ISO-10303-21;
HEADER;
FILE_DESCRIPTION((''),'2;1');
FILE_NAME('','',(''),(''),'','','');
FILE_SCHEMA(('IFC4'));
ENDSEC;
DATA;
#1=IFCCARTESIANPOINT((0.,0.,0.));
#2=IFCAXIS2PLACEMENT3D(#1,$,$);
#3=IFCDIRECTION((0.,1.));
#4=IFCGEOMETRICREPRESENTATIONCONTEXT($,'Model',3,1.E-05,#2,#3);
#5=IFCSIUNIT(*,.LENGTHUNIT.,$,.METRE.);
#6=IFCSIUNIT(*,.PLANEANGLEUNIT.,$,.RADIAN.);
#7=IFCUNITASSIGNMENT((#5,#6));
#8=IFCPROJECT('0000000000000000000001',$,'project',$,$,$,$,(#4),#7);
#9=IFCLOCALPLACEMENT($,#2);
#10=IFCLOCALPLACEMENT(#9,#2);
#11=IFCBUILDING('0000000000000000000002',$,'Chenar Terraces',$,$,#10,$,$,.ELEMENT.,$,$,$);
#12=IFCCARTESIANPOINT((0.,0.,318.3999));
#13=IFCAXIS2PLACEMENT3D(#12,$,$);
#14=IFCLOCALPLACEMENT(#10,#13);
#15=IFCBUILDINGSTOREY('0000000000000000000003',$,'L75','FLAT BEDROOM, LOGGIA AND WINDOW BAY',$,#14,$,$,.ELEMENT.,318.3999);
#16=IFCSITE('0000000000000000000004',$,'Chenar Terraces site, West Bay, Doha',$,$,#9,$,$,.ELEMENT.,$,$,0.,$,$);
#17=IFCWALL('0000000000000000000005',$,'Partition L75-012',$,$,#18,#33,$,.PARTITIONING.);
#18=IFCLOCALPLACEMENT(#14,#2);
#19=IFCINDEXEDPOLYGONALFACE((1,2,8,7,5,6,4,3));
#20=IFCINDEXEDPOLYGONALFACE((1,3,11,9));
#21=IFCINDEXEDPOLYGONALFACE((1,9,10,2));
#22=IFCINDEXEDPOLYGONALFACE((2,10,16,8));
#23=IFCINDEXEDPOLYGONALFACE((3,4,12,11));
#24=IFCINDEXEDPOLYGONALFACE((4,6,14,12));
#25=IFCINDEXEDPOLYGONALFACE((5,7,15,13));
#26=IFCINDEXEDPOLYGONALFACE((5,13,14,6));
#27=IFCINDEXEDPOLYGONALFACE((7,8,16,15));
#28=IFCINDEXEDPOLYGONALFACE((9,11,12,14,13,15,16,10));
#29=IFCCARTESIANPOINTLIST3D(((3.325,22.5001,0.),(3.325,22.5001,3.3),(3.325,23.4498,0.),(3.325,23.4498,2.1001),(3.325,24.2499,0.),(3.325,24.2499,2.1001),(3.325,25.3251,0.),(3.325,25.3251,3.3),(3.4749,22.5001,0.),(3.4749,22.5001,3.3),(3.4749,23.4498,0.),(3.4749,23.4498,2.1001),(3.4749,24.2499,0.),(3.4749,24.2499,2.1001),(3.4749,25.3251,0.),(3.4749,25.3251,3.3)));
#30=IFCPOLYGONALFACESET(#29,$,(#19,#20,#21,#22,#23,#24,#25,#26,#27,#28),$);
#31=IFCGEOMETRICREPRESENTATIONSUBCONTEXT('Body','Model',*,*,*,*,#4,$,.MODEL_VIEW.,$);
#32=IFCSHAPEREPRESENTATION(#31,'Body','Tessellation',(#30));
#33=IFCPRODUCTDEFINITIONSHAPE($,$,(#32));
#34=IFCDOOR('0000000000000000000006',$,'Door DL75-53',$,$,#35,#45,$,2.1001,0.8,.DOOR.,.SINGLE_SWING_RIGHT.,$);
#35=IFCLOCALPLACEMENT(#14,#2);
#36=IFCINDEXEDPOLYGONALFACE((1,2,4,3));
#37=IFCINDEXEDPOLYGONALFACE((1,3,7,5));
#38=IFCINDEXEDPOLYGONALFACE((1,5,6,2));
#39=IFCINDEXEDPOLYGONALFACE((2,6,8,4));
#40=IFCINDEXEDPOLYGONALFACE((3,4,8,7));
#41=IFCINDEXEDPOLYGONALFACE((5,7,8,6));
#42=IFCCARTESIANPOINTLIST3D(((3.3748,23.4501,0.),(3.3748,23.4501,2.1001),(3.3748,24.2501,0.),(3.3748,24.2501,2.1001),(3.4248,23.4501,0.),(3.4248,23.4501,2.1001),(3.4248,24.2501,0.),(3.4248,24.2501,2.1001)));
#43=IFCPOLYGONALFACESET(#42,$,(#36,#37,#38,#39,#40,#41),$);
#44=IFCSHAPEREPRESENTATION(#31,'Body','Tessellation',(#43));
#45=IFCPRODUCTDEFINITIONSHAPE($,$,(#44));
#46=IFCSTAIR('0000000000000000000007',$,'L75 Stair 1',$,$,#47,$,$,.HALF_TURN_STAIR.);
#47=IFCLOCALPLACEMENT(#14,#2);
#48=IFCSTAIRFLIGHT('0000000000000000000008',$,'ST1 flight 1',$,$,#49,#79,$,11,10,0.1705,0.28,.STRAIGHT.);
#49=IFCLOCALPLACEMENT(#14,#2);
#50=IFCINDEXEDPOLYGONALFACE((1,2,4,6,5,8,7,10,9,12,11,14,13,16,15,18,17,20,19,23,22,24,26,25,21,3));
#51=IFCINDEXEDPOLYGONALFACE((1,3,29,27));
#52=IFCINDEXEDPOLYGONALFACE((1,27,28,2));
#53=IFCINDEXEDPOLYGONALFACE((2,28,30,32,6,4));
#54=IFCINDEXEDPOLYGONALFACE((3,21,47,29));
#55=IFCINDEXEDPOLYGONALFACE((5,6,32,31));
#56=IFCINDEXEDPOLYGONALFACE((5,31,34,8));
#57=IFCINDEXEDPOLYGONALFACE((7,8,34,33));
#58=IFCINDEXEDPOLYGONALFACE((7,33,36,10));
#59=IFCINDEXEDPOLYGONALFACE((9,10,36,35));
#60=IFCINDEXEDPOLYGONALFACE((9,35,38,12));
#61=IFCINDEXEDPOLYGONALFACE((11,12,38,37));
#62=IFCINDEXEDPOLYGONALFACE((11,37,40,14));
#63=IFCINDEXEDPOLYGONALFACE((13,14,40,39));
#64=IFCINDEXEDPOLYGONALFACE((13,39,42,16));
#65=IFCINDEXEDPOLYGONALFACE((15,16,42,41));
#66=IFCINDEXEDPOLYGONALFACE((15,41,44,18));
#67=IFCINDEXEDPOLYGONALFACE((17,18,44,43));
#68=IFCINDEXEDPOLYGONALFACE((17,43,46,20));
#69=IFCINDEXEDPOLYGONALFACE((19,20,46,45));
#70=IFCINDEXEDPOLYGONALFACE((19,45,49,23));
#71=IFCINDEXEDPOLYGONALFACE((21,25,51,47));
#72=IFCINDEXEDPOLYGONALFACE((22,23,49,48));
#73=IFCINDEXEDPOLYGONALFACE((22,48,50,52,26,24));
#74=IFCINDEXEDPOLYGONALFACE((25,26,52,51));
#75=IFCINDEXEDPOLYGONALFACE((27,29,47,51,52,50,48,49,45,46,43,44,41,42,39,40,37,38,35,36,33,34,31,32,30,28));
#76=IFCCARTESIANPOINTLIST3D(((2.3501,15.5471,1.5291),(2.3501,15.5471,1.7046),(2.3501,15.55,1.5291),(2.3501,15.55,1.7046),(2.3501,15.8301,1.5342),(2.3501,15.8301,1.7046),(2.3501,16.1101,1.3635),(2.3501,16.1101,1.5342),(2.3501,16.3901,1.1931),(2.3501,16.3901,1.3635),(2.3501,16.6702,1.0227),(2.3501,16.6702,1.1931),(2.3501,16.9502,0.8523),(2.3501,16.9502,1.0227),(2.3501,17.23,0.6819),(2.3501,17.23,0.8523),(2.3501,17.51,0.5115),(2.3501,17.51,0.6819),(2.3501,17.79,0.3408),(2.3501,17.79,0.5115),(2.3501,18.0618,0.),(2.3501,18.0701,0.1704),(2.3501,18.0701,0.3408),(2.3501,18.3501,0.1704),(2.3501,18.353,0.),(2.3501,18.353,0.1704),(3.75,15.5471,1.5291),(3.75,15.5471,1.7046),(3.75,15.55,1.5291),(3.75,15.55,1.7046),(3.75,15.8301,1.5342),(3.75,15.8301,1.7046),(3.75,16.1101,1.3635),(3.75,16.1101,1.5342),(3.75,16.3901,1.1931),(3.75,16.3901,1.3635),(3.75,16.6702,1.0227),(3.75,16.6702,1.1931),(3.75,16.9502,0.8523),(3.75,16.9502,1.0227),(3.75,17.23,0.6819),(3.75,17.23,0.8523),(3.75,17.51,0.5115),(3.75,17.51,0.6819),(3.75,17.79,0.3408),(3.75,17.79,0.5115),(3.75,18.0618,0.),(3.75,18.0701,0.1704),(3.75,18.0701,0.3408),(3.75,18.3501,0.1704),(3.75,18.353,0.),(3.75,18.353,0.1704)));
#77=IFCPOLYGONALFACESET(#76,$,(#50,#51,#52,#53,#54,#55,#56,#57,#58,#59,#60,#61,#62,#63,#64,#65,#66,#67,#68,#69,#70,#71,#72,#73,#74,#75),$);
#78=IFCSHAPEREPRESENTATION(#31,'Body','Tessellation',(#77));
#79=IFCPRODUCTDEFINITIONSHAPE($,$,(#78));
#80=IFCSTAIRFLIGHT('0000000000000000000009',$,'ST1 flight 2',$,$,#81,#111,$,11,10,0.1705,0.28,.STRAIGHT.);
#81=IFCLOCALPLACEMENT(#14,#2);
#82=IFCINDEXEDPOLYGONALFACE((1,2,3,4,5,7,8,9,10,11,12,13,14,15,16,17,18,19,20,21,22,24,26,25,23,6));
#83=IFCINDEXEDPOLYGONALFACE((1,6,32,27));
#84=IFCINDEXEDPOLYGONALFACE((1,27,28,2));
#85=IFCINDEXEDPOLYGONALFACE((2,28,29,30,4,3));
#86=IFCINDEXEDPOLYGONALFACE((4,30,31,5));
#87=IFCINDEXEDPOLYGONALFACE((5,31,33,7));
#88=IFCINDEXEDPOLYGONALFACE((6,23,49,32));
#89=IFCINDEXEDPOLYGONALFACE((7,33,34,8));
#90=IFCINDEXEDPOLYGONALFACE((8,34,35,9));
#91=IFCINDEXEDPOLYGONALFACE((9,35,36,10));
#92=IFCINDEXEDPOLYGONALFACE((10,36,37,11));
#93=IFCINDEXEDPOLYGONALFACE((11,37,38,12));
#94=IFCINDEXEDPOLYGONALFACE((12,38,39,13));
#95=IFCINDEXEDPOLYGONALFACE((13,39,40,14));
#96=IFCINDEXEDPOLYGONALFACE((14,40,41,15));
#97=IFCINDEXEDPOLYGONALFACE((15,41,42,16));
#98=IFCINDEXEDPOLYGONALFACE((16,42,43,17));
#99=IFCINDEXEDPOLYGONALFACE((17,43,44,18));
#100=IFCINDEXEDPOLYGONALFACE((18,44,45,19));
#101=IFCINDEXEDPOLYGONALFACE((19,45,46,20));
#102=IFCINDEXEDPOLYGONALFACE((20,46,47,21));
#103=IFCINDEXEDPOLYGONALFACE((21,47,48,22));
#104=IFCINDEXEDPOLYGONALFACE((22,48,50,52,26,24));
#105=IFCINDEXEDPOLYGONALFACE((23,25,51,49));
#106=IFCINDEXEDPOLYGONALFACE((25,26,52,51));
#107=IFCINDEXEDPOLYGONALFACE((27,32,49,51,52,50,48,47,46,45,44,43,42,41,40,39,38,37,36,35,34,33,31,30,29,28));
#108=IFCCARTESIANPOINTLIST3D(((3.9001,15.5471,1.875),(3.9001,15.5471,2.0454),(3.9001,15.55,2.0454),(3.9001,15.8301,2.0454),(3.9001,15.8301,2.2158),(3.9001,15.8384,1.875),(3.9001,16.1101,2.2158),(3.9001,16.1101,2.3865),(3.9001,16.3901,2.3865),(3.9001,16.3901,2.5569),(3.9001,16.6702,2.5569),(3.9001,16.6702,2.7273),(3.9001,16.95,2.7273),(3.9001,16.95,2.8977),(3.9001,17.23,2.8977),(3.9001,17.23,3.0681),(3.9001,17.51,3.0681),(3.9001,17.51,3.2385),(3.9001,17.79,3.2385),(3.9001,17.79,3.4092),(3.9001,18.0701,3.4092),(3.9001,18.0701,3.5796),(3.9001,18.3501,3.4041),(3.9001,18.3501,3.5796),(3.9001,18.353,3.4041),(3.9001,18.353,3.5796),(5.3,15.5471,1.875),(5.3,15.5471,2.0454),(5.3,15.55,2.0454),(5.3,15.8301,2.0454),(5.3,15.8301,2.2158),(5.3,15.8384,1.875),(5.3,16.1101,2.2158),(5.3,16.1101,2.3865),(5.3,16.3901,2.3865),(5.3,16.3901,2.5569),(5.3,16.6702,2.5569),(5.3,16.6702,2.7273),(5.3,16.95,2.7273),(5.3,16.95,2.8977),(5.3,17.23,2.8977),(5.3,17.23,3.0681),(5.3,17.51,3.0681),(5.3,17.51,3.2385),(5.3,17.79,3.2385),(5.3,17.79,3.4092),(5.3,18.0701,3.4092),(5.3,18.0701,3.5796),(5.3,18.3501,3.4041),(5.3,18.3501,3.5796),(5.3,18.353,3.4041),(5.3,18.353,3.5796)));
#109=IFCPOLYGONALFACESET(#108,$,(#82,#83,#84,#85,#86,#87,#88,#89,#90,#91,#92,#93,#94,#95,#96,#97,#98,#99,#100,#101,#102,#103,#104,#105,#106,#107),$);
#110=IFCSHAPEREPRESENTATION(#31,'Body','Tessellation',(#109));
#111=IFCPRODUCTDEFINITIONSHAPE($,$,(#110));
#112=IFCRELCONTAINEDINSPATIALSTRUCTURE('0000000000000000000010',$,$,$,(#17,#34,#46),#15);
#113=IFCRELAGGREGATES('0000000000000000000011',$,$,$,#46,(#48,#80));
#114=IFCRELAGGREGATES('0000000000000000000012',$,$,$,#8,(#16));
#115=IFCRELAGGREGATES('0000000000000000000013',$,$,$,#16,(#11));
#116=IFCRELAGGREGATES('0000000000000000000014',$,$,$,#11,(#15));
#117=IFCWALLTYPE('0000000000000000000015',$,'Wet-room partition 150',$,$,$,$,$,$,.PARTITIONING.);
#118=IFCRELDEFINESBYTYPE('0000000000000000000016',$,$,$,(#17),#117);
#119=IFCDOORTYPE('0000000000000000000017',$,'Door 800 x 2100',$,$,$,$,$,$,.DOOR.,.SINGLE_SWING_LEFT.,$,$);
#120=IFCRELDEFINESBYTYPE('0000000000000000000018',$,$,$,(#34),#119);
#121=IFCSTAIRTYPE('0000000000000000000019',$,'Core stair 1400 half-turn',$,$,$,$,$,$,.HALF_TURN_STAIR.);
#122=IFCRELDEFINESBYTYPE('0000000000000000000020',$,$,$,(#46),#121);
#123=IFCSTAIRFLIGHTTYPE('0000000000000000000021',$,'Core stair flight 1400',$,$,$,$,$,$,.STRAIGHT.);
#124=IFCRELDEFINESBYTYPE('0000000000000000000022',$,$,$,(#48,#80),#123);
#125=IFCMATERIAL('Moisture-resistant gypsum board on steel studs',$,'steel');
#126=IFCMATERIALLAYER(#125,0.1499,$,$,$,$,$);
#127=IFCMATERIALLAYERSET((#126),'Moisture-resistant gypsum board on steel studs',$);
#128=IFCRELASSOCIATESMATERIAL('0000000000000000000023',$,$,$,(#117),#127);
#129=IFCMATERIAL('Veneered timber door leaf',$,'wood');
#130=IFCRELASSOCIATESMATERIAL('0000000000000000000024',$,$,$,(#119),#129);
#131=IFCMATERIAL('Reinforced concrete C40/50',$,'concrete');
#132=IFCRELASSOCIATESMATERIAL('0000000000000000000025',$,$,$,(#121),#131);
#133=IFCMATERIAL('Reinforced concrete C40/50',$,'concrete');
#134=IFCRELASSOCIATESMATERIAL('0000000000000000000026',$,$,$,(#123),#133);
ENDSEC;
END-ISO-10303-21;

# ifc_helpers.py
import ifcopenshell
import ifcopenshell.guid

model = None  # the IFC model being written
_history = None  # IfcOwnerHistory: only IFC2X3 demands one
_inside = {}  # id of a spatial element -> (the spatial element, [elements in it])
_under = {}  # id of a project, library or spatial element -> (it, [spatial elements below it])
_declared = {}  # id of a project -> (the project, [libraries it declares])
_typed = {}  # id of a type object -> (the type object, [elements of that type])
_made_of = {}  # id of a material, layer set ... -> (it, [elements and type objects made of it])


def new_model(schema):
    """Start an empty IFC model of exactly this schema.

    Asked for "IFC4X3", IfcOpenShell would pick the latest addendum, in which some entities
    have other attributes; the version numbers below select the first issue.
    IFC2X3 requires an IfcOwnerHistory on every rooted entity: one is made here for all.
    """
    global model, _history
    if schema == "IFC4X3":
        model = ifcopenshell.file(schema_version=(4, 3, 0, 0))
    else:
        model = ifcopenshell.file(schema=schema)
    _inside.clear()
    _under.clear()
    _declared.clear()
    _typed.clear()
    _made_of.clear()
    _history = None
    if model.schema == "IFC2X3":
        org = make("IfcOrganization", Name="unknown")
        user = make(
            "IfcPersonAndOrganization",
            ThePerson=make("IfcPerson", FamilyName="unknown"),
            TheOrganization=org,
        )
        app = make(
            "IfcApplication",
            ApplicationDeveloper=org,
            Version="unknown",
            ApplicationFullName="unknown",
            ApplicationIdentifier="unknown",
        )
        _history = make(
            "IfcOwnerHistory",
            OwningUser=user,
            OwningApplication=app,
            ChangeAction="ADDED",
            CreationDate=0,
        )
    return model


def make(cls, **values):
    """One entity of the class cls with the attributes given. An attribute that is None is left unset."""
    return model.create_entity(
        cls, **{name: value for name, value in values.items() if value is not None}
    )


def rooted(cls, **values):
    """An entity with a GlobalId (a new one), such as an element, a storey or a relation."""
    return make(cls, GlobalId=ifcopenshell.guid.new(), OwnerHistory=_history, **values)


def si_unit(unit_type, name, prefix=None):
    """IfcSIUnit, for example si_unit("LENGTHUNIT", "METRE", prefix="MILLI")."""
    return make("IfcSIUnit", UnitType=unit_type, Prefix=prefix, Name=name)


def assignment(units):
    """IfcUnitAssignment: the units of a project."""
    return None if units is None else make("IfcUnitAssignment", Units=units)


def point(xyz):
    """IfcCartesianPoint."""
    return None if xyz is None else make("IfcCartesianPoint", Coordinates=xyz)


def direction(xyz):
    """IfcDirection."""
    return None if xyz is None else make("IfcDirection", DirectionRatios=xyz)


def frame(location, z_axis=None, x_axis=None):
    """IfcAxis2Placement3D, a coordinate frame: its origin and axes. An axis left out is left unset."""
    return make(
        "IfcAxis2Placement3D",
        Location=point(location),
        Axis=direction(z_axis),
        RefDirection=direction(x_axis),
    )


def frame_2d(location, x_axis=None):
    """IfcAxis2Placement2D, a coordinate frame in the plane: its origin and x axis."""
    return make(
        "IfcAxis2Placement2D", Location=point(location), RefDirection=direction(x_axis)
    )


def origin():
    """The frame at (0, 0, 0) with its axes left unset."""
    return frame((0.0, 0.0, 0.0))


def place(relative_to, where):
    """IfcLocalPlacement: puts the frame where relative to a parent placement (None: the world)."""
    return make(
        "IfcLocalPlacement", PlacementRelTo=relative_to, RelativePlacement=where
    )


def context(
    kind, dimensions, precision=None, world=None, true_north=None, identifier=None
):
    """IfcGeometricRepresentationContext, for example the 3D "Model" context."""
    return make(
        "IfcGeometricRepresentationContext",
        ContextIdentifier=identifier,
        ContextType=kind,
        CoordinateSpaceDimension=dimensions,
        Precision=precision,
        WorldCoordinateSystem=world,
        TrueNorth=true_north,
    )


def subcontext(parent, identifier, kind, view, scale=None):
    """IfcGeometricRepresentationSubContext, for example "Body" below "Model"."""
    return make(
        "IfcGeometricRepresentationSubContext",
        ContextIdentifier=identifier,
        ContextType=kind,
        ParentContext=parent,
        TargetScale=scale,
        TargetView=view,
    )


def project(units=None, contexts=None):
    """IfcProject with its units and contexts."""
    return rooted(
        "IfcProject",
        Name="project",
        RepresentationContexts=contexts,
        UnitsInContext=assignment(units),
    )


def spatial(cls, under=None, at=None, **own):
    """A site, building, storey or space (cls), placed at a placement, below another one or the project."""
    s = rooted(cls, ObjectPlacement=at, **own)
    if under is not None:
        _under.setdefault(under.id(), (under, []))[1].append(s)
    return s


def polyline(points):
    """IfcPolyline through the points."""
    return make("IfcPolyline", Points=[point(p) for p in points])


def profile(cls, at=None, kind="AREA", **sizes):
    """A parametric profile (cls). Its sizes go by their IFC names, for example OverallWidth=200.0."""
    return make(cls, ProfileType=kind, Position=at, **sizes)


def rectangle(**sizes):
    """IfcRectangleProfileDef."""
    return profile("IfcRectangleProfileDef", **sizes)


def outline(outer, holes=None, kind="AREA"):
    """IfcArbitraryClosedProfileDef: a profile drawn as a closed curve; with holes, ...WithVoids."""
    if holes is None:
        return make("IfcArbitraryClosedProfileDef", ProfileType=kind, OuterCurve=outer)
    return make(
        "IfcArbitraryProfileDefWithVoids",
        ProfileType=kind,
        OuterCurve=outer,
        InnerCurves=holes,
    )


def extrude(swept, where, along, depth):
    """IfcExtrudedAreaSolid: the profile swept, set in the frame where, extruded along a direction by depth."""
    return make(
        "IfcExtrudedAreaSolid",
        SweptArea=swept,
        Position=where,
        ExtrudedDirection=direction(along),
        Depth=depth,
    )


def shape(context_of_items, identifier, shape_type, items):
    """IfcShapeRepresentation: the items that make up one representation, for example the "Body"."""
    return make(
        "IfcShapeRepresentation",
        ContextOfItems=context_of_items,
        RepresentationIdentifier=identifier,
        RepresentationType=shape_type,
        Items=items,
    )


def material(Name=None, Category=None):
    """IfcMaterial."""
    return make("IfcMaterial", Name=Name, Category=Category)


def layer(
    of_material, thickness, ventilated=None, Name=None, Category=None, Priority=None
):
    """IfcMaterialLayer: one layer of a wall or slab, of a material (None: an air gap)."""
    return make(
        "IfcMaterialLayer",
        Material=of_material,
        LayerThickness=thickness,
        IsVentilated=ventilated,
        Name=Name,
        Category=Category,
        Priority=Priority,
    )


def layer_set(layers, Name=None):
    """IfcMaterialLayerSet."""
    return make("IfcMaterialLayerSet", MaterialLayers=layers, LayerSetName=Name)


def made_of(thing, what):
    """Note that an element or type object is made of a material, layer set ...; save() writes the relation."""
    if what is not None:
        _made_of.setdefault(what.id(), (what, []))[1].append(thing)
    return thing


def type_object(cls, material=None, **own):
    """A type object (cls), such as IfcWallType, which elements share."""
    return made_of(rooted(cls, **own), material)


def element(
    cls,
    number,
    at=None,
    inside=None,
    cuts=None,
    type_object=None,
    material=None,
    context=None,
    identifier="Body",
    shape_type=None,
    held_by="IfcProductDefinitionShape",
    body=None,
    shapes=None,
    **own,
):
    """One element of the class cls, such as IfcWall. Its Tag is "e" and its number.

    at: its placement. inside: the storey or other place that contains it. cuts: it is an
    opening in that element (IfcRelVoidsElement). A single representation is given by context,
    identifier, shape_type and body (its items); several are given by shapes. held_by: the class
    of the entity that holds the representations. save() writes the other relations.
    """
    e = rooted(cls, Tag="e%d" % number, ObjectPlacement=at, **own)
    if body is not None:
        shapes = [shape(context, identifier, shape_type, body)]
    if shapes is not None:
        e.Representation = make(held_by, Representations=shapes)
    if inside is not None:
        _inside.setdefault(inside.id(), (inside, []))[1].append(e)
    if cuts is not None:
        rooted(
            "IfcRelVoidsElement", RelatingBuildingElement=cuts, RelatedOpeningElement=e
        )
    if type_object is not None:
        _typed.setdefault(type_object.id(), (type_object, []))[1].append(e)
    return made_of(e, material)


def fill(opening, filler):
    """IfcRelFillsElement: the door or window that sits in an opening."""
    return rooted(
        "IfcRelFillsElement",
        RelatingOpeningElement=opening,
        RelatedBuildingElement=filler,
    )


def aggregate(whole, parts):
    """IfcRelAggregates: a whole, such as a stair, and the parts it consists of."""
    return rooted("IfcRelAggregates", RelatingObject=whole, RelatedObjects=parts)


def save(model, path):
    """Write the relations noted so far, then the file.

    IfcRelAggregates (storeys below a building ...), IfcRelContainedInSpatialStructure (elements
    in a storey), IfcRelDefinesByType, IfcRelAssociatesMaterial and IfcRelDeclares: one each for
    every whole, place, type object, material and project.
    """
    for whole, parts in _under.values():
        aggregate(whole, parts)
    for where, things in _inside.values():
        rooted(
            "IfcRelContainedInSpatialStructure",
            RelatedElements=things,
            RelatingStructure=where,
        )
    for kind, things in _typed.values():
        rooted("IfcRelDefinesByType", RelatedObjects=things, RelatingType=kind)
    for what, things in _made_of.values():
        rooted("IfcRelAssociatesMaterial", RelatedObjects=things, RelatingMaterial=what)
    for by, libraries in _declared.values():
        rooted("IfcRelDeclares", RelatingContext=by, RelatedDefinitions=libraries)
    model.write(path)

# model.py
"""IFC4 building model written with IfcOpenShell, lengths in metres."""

from ifc_helpers import new_model, si_unit, direction, frame, frame_2d, origin, place, context, subcontext, project, spatial, polyline, rectangle, outline, extrude, material, layer, layer_set, type_object, element, fill, aggregate, save


model = new_model("IFC4")

# Units and contexts
model_context = context("Model", 3, precision=1e-05, world=origin(), true_north=direction((0.0, 1.0)))
body_context = subcontext(model_context, "Body", "Model", "MODEL_VIEW")
ifc_project = project(units=[si_unit("LENGTHUNIT", "METRE"), si_unit("PLANEANGLEUNIT", "RADIAN")], contexts=[model_context])

# Site, building, storey
site_placement = place(None, origin())
site = spatial("IfcSite", under=ifc_project, at=site_placement, Name="Chenar Terraces site, West Bay, Doha", CompositionType="ELEMENT", RefElevation=0.0)
building_placement = place(site_placement, origin())
building = spatial("IfcBuilding", under=site, at=building_placement, Name="Chenar Terraces", CompositionType="ELEMENT")
storey_placement = place(building_placement, frame((0.0, 0.0, 318.3999)))
storey = spatial("IfcBuildingStorey", under=building, at=storey_placement, Name="L75", Description="FLAT BEDROOM, LOGGIA AND WINDOW BAY", CompositionType="ELEMENT", Elevation=318.3999)

# Shared definitions
ifc_material_1 = material(Name="Moisture-resistant gypsum board on steel studs", Category="steel")
ifc_layer_1 = layer(ifc_material_1, 0.1499)
ifc_layer_set_1 = layer_set([ifc_layer_1], Name="Moisture-resistant gypsum board on steel studs")
wall_type_1 = type_object("IfcWallType", Name="Wet-room partition 150", PredefinedType="PARTITIONING", material=ifc_layer_set_1)

# Wall, opening, door
wall_1_placement = place(storey_placement, frame((3.3999, 22.5, 0.0), z_axis=(0.0, 0.0, 1.0), x_axis=(0.0, 1.0, 0.0)))
wall_1 = element("IfcWall", 1, at=wall_1_placement, inside=storey, type_object=wall_type_1, Name="Partition L75-012", PredefinedType="PARTITIONING", context=body_context, shape_type="SweptSolid", body=[
    extrude(rectangle(XDim=2.825, YDim=0.1499, at=frame_2d((1.4126, 0.0))), origin(), (0.0, 0.0, 1.0), 3.3),
])
opening_1_placement = place(wall_1_placement, frame((0.95, 0.0, 0.0)))
opening_1 = element("IfcOpeningElement", 2, at=opening_1_placement, cuts=wall_1, PredefinedType="OPENING", context=body_context, shape_type="SweptSolid", body=[
    extrude(rectangle(XDim=0.8, YDim=2.1001, at=frame_2d((0.3999, 1.05))), frame((0.0, 0.085, 0.0), z_axis=(0.0, -1.0, 0.0), x_axis=(1.0, 0.0, 0.0)), (0.0, 0.0, 1.0), 0.1699),
])
ifc_material_2 = material(Name="Veneered timber door leaf", Category="wood")
door_type_1 = type_object("IfcDoorType", Name="Door 800 x 2100", OperationType="SINGLE_SWING_LEFT", PredefinedType="DOOR", material=ifc_material_2)
door_1_placement = place(opening_1_placement, frame((0.8, 0.0, 0.0), z_axis=(0.0, 0.0, 1.0), x_axis=(-1.0, 0.0, 0.0)))
door_1 = element("IfcDoor", 3, at=door_1_placement, inside=storey, type_object=door_type_1, Name="Door DL75-53", OperationType="SINGLE_SWING_RIGHT", OverallHeight=2.1001, OverallWidth=0.8, PredefinedType="DOOR", context=body_context, shape_type="SweptSolid", body=[
    extrude(rectangle(XDim=0.8, YDim=2.1001, at=frame_2d((0.3999, 1.05))), frame((0.0, 0.0249, 0.0), z_axis=(0.0, -1.0, 0.0), x_axis=(1.0, 0.0, 0.0)), (0.0, 0.0, 1.0), 0.05),
])
fill(opening_1, door_1)

# Stair, stair flights
ifc_material_3 = material(Name="Reinforced concrete C40/50", Category="concrete")
stair_type = type_object("IfcStairType", Name="Core stair 1400 half-turn", PredefinedType="HALF_TURN_STAIR", material=ifc_material_3)
stair_placement = place(storey_placement, origin())
stair = element("IfcStair", 4, at=stair_placement, inside=storey, type_object=stair_type, Name="L75 Stair 1", PredefinedType="HALF_TURN_STAIR")
ifc_material_4 = material(Name="Reinforced concrete C40/50", Category="concrete")
stair_flight_type = type_object("IfcStairFlightType", Name="Core stair flight 1400", PredefinedType="STRAIGHT", material=ifc_material_4)
stair_flight_1_placement = place(storey_placement, frame((3.05, 18.3501, 0.0), z_axis=(0.0, 0.0, 1.0), x_axis=(0.0, -1.0, 0.0)))
stair_flight_1 = element("IfcStairFlight", 5, at=stair_flight_1_placement, type_object=stair_flight_type, Name="ST1 flight 1", NumberOfRisers=11, NumberOfTreads=10, PredefinedType="STRAIGHT", RiserHeight=0.1705, TreadLength=0.28, context=body_context, shape_type="SweptSolid", body=[
    extrude(outline(polyline([(-0.0029, 0.0), (-0.0029, 0.1704), (0.0, 0.1704), (0.28, 0.1704), (0.28, 0.3408), (0.5601, 0.3408), (0.5601, 0.5115), (0.8401, 0.5115), (0.8401, 0.6819), (1.1201, 0.6819), (1.1201, 0.8523), (1.3999, 0.8523), (1.3999, 1.0227), (1.6799, 1.0227), (1.6799, 1.1931), (1.96, 1.1931), (1.96, 1.3635), (2.24, 1.3635), (2.24, 1.5342), (2.52, 1.5342), (2.52, 1.7046), (2.8, 1.7046), (2.803, 1.7046), (2.803, 1.5291), (2.8, 1.5291), (0.2883, 0.0), (-0.0029, 0.0)])), frame((0.0, 0.7, 0.0), z_axis=(0.0, -1.0, 0.0), x_axis=(1.0, 0.0, 0.0)), (0.0, 0.0, 1.0), 1.3999),
])
stair_flight_2_placement = place(storey_placement, frame((4.6001, 15.55, 1.875), z_axis=(0.0, 0.0, 1.0), x_axis=(0.0, 1.0, 0.0)))
stair_flight_2 = element("IfcStairFlight", 6, at=stair_flight_2_placement, type_object=stair_flight_type, Name="ST1 flight 2", NumberOfRisers=11, NumberOfTreads=10, PredefinedType="STRAIGHT", RiserHeight=0.1705, TreadLength=0.28, context=body_context, shape_type="SweptSolid", body=[
    extrude(outline(polyline([(-0.0029, 0.0), (-0.0029, 0.1704), (0.0, 0.1704), (0.28, 0.1704), (0.28, 0.3408), (0.5601, 0.3408), (0.5601, 0.5115), (0.8401, 0.5115), (0.8401, 0.6819), (1.1201, 0.6819), (1.1201, 0.8523), (1.3999, 0.8523), (1.3999, 1.0227), (1.6799, 1.0227), (1.6799, 1.1931), (1.96, 1.1931), (1.96, 1.3635), (2.24, 1.3635), (2.24, 1.5342), (2.52, 1.5342), (2.52, 1.7046), (2.8, 1.7046), (2.803, 1.7046), (2.803, 1.5291), (2.8, 1.5291), (0.2883, 0.0), (-0.0029, 0.0)])), frame((0.0, 0.7, 0.0), z_axis=(0.0, -1.0, 0.0), x_axis=(1.0, 0.0, 0.0)), (0.0, 0.0, 1.0), 1.3999),
])
aggregate(stair, [stair_flight_1, stair_flight_2])

save(model, "model.ifc")
